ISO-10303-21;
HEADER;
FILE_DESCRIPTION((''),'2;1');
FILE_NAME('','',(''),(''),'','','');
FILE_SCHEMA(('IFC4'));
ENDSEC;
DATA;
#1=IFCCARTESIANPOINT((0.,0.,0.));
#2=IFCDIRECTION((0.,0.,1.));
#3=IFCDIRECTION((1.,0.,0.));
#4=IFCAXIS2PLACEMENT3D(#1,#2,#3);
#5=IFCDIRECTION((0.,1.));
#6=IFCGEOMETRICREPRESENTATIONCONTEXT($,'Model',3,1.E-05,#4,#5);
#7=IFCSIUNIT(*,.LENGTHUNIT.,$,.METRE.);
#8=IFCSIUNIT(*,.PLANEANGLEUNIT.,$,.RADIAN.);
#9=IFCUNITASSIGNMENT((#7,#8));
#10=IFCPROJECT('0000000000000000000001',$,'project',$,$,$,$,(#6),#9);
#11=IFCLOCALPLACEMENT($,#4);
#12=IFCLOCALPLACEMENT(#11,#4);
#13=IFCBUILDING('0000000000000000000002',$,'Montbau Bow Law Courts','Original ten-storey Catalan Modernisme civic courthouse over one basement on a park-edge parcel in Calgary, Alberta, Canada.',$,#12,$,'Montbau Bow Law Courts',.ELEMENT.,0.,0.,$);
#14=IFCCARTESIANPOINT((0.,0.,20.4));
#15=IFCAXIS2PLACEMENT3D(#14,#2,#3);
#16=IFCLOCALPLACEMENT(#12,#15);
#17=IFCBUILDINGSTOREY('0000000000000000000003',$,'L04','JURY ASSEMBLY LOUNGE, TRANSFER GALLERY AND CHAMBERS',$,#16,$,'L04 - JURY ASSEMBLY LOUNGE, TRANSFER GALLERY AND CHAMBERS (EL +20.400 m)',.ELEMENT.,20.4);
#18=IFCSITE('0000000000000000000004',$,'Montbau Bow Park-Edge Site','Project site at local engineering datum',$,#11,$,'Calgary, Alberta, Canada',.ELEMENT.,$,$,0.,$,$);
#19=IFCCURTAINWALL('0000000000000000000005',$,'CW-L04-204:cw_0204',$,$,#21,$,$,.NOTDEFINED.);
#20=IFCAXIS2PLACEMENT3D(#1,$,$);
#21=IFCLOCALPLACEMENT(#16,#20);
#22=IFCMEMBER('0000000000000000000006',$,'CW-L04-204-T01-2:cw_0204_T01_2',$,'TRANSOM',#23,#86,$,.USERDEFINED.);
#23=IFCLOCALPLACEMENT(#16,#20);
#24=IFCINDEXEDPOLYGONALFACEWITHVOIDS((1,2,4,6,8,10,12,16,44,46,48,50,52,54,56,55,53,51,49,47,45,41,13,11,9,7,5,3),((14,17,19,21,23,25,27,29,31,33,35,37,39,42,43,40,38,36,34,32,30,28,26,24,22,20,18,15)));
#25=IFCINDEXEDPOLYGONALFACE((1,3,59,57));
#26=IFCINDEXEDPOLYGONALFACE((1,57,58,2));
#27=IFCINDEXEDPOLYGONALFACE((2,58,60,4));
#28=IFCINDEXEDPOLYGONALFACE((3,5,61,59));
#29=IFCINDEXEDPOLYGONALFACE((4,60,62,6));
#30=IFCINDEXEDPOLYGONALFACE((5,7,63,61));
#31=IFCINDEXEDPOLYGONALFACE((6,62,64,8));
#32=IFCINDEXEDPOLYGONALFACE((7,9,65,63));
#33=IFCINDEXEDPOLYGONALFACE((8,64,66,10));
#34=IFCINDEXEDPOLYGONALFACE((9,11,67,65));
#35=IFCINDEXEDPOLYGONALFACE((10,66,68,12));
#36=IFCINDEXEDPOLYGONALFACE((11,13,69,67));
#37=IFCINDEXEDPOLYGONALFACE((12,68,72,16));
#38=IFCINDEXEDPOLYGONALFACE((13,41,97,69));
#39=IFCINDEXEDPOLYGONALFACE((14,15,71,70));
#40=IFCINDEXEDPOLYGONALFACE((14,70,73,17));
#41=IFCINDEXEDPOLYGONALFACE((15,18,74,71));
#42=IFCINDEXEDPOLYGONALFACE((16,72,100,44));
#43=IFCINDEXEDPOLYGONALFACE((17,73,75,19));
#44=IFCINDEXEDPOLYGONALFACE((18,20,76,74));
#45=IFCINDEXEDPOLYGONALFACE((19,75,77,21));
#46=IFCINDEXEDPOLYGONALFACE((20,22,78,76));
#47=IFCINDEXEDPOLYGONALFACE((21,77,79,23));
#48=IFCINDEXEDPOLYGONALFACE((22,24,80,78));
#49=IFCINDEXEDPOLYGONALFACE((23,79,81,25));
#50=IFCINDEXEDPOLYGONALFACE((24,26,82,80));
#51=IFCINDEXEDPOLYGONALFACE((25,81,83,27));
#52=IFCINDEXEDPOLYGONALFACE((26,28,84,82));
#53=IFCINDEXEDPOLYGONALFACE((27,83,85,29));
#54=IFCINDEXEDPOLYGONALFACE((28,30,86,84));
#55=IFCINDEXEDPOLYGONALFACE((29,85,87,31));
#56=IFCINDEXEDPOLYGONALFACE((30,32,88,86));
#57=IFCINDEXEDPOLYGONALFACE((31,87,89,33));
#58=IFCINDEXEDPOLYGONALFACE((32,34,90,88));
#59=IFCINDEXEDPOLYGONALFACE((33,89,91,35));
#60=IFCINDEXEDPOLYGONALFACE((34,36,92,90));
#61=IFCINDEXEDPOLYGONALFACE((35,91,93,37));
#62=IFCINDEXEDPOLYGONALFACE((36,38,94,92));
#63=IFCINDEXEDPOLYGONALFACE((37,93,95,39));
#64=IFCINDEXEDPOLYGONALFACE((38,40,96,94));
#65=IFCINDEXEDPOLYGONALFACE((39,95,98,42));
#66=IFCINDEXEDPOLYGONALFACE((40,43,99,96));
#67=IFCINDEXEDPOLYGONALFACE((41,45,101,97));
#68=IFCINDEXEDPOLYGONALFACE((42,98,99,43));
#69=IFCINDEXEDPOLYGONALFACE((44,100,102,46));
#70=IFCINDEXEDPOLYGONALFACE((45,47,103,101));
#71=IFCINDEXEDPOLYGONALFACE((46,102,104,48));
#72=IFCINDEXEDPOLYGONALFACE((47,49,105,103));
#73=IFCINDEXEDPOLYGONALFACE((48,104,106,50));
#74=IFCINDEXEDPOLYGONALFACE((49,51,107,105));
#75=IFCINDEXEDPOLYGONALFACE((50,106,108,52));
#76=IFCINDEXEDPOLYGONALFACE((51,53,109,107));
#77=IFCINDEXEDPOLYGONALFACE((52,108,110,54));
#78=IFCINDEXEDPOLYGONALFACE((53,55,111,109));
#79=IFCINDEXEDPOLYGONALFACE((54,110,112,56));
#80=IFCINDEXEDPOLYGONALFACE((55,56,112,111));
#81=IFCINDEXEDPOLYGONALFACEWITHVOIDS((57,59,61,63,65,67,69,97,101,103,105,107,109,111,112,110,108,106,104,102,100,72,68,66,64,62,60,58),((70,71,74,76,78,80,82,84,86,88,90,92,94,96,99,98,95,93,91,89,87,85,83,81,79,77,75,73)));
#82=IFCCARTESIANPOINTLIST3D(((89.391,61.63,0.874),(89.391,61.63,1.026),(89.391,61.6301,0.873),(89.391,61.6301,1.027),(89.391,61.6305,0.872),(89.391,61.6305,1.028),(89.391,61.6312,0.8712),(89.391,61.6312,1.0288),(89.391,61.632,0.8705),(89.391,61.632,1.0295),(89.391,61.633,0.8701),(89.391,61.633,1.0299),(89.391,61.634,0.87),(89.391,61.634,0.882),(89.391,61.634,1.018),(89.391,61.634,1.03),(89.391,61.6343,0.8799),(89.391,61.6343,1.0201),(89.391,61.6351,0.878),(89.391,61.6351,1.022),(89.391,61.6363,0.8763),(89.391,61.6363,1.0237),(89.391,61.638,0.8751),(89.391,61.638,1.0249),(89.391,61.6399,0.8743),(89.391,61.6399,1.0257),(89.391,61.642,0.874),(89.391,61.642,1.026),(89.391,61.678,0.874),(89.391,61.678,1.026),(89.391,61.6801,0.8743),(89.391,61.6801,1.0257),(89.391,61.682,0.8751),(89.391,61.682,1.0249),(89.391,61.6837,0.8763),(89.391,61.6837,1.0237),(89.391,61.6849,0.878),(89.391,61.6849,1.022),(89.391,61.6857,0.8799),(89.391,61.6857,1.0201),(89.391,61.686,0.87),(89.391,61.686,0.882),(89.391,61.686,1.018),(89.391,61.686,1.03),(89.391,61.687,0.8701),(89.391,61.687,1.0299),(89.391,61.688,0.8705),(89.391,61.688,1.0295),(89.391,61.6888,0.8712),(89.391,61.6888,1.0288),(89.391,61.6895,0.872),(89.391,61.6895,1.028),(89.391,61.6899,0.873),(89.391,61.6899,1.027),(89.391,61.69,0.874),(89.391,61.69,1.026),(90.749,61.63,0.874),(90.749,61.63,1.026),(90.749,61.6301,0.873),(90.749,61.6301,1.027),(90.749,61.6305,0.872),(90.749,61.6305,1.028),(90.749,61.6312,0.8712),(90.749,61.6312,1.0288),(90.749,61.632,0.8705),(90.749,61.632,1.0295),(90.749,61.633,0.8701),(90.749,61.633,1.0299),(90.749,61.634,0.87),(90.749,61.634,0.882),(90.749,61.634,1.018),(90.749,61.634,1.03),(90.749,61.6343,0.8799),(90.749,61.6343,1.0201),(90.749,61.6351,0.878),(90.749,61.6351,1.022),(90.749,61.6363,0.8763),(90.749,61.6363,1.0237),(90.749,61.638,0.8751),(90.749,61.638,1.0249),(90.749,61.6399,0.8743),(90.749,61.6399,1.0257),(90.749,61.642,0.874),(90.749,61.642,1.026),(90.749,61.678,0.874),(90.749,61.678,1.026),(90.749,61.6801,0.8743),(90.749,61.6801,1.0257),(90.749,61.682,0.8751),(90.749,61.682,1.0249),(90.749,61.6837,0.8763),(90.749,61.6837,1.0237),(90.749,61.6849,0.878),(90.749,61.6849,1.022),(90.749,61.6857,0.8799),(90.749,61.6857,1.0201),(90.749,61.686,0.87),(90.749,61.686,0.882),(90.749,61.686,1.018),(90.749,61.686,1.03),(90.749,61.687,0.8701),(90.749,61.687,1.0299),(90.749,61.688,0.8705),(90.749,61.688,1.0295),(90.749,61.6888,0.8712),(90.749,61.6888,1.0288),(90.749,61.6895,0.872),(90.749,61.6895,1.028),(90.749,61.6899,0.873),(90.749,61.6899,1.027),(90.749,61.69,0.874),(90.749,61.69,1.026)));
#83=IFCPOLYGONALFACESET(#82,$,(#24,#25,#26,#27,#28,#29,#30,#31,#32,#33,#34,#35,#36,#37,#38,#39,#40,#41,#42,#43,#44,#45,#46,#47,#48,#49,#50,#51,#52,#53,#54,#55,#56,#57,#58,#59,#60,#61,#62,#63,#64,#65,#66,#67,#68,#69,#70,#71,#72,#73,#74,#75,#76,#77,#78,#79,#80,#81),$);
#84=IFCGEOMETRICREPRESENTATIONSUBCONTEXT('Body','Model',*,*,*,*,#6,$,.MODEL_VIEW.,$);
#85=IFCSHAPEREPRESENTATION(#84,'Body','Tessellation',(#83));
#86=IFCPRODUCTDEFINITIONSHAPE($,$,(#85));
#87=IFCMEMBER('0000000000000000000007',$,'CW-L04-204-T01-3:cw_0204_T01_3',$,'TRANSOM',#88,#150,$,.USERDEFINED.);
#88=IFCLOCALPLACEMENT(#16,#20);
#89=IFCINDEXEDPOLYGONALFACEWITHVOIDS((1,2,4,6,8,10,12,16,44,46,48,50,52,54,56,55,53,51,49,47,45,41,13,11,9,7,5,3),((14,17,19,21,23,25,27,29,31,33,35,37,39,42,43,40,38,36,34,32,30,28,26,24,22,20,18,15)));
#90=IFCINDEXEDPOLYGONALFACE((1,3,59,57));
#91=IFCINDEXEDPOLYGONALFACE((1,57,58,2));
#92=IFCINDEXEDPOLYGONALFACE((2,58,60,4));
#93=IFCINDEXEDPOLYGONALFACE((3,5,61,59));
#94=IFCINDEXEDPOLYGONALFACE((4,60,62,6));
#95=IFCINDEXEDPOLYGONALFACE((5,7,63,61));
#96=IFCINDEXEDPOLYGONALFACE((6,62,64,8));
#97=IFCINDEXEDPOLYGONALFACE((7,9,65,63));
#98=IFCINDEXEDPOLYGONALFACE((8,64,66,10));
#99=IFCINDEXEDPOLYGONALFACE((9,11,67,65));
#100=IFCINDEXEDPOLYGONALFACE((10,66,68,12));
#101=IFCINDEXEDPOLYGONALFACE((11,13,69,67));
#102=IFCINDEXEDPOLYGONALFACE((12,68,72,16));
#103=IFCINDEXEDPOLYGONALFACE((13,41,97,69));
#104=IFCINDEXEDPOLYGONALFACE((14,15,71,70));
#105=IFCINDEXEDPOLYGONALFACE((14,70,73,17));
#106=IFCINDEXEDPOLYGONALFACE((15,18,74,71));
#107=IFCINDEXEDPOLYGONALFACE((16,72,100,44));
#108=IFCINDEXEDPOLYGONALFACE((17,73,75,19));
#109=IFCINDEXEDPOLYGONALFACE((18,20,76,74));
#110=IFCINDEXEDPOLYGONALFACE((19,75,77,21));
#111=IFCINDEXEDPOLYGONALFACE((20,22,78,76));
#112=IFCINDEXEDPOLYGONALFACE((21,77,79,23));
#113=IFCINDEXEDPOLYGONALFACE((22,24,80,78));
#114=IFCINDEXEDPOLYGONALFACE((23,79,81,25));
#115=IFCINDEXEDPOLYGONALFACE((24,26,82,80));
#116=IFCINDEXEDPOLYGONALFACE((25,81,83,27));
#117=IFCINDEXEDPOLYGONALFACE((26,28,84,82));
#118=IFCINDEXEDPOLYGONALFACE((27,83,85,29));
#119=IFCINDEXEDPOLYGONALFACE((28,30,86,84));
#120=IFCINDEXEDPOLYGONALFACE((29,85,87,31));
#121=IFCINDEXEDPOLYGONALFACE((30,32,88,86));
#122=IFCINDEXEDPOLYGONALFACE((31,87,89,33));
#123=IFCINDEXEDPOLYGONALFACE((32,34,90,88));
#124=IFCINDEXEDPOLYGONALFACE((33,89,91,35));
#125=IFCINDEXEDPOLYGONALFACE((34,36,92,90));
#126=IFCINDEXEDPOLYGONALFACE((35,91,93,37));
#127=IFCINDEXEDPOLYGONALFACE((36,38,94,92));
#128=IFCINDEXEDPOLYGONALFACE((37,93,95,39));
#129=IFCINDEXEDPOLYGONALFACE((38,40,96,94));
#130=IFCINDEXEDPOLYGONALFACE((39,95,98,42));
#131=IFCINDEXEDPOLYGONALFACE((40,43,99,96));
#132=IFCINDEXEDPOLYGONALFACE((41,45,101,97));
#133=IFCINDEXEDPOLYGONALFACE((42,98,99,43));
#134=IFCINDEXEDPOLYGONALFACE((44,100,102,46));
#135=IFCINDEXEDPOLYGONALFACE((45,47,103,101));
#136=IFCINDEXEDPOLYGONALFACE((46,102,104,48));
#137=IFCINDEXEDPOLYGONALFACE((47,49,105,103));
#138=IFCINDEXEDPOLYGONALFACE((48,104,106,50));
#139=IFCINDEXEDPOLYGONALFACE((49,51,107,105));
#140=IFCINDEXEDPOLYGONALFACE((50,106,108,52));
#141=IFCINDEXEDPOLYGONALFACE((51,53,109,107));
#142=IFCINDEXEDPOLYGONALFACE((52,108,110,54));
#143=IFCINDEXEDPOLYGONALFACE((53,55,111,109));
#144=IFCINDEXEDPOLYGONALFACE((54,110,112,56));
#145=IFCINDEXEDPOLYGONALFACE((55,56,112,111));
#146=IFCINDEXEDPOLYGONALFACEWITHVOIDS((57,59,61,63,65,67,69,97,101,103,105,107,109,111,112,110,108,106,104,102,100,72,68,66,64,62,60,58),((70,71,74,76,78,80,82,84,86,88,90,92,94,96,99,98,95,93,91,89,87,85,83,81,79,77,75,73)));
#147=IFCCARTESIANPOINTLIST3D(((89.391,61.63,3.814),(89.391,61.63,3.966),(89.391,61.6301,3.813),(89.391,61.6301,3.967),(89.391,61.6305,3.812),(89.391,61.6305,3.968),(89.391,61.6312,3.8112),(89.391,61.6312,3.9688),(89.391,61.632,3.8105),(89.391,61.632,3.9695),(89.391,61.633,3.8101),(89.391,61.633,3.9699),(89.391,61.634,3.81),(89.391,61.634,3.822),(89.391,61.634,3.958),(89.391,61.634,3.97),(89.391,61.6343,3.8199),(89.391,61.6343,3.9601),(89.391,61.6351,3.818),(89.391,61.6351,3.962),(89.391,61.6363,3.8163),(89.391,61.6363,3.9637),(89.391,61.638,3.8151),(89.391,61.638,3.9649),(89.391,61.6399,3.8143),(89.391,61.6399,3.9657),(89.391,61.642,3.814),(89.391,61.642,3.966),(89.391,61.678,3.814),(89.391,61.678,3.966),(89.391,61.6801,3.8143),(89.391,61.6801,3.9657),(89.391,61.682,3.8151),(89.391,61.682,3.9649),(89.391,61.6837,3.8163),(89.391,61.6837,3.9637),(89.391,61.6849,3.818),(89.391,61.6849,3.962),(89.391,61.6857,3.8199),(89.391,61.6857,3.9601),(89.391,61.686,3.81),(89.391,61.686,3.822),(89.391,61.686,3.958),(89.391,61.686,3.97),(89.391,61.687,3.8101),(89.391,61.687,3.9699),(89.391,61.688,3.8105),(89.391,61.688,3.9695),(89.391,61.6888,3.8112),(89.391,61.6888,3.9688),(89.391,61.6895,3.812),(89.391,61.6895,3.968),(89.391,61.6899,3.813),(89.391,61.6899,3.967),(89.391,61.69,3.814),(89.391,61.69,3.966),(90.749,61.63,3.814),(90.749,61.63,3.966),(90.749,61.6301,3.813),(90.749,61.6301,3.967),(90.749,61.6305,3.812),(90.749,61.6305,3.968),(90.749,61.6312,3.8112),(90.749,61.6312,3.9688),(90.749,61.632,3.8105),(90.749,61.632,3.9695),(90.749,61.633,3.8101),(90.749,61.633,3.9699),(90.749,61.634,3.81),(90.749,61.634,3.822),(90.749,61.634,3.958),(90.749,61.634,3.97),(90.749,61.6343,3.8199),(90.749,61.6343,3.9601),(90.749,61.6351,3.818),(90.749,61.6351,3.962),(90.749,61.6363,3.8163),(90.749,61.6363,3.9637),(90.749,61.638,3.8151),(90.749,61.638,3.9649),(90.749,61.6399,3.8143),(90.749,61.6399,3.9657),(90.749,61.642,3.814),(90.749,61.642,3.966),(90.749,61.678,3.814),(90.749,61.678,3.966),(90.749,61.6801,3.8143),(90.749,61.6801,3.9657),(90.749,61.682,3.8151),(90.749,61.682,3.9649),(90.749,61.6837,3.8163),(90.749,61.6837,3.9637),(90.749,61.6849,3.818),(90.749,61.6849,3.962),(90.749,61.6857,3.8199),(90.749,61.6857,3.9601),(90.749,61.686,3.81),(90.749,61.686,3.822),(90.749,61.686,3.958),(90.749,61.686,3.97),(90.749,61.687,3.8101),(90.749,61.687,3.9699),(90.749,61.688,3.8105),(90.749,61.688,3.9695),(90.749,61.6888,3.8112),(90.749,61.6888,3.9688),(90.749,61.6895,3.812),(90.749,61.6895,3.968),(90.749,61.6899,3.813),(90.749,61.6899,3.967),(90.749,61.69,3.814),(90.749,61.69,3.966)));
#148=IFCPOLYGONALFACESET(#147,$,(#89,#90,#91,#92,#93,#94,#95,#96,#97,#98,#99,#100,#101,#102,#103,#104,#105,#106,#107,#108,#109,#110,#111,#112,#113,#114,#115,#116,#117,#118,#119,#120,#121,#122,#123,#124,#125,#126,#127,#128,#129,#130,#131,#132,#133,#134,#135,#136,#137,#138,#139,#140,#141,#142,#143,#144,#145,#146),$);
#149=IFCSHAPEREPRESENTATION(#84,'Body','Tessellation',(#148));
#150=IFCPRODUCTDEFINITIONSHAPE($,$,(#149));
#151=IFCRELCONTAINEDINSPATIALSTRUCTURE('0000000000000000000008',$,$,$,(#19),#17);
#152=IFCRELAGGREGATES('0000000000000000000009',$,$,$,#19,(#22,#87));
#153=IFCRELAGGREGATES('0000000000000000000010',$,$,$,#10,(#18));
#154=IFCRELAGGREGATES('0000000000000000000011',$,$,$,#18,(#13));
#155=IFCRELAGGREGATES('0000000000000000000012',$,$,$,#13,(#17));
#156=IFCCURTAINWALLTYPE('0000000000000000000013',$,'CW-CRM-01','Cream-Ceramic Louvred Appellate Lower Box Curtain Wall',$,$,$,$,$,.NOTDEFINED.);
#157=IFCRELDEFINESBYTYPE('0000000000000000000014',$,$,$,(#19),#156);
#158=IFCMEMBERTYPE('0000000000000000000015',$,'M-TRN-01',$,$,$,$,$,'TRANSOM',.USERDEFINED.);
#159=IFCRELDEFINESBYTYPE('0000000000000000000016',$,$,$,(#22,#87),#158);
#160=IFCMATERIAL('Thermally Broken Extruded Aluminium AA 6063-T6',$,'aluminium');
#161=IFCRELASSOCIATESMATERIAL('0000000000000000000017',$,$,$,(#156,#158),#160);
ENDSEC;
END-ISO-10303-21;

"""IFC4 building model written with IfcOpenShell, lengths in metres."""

from ifc_helpers import new_model, si_unit, direction, frame, origin_with_axes, origin_2d_with_axis, place, context, subcontext, project, spatial, hollow_rectangle, extrude, material, material_profile, profile_set, type_object, element, aggregate, save


model = new_model("IFC4")

# Units and contexts
model_context = context("Model", 3, precision=1e-05, world=origin_with_axes(), true_north=direction((0.0, 1.0)))
body_context = subcontext(model_context, "Body", "Model", "MODEL_VIEW")
ifc_project = project(units=[si_unit("LENGTHUNIT", "METRE"), si_unit("PLANEANGLEUNIT", "RADIAN")], contexts=[model_context])

# Site, building, storey
site_placement = place(None, origin_with_axes())
site = spatial("IfcSite", under=ifc_project, at=site_placement, Name="Montbau Bow Park-Edge Site", Description="Project site at local engineering datum", LongName="Calgary, Alberta, Canada", CompositionType="ELEMENT", RefElevation=0.0)
building_placement = place(site_placement, origin_with_axes())
building = spatial("IfcBuilding", under=site, at=building_placement, Name="Montbau Bow Law Courts", Description="Original ten-storey Catalan Modernisme civic courthouse over one basement on a park-edge parcel in Calgary, Alberta, Canada.", LongName="Montbau Bow Law Courts", CompositionType="ELEMENT", ElevationOfRefHeight=0.0, ElevationOfTerrain=0.0)
storey_placement = place(building_placement, frame((0.0, 0.0, 20.4), z_axis=(0.0, 0.0, 1.0), x_axis=(1.0, 0.0, 0.0)))
storey = spatial("IfcBuildingStorey", under=building, at=storey_placement, Name="L04", Description="JURY ASSEMBLY LOUNGE, TRANSFER GALLERY AND CHAMBERS", LongName="L04 - JURY ASSEMBLY LOUNGE, TRANSFER GALLERY AND CHAMBERS (EL +20.400 m)", CompositionType="ELEMENT", Elevation=20.4)

# Curtain wall, members
ifc_material_1 = material(Name="Thermally Broken Extruded Aluminium AA 6063-T6", Category="aluminium")
curtain_wall_type = type_object("IfcCurtainWallType", Name="CW-CRM-01", Description="Cream-Ceramic Louvred Appellate Lower Box Curtain Wall", PredefinedType="NOTDEFINED", material=ifc_material_1)
curtain_wall_placement = place(None, frame((89.315, 61.66, 20.4), z_axis=(0.0, 0.0, 1.0), x_axis=(1.0, 0.0, 0.0)))
curtain_wall = element("IfcCurtainWall", 1, at=curtain_wall_placement, inside=storey, type_object=curtain_wall_type, Name="CW-L04-204:cw_0204", PredefinedType="NOTDEFINED")
ifc_material_profile_1 = material_profile(ifc_material_1, hollow_rectangle(XDim=0.06, YDim=0.16, WallThickness=0.004, InnerFilletRadius=0.008, OuterFilletRadius=0.004, at=origin_2d_with_axis()), Name="CWT-160X60", Category="Main", Priority=0)
ifc_profile_set_1 = profile_set([ifc_material_profile_1], Name="Thermally Broken Extruded Aluminium AA 6063-T6")
member_type_1 = type_object("IfcMemberType", Name="M-TRN-01", ElementType="TRANSOM", PredefinedType="USERDEFINED", material=ifc_profile_set_1)
member_1_placement = place(None, frame((89.391, 61.66, 21.35), z_axis=(1.0, 0.0, 0.0), x_axis=(0.0, 1.0, 0.0)))
member_1 = element("IfcMember", 2, at=member_1_placement, type_object=member_type_1, Name="CW-L04-204-T01-2:cw_0204_T01_2", ObjectType="TRANSOM", PredefinedType="USERDEFINED", context=body_context, shape_type="SweptSolid", body=[
    extrude(hollow_rectangle(XDim=0.06, YDim=0.16, WallThickness=0.004, InnerFilletRadius=0.008, OuterFilletRadius=0.004, at=origin_2d_with_axis()), origin_with_axes(), (0.0, 0.0, 1.0), 1.358),
])
member_2_placement = place(None, frame((89.391, 61.66, 24.29), z_axis=(1.0, 0.0, 0.0), x_axis=(0.0, 1.0, 0.0)))
member_2 = element("IfcMember", 3, at=member_2_placement, type_object=member_type_1, Name="CW-L04-204-T01-3:cw_0204_T01_3", ObjectType="TRANSOM", PredefinedType="USERDEFINED", context=body_context, shape_type="SweptSolid", body=[
    extrude(hollow_rectangle(XDim=0.06, YDim=0.16, WallThickness=0.004, InnerFilletRadius=0.008, OuterFilletRadius=0.004, at=origin_2d_with_axis()), origin_with_axes(), (0.0, 0.0, 1.0), 1.358),
])
aggregate(curtain_wall, [member_1, member_2])

save(model, "model.ifc")
